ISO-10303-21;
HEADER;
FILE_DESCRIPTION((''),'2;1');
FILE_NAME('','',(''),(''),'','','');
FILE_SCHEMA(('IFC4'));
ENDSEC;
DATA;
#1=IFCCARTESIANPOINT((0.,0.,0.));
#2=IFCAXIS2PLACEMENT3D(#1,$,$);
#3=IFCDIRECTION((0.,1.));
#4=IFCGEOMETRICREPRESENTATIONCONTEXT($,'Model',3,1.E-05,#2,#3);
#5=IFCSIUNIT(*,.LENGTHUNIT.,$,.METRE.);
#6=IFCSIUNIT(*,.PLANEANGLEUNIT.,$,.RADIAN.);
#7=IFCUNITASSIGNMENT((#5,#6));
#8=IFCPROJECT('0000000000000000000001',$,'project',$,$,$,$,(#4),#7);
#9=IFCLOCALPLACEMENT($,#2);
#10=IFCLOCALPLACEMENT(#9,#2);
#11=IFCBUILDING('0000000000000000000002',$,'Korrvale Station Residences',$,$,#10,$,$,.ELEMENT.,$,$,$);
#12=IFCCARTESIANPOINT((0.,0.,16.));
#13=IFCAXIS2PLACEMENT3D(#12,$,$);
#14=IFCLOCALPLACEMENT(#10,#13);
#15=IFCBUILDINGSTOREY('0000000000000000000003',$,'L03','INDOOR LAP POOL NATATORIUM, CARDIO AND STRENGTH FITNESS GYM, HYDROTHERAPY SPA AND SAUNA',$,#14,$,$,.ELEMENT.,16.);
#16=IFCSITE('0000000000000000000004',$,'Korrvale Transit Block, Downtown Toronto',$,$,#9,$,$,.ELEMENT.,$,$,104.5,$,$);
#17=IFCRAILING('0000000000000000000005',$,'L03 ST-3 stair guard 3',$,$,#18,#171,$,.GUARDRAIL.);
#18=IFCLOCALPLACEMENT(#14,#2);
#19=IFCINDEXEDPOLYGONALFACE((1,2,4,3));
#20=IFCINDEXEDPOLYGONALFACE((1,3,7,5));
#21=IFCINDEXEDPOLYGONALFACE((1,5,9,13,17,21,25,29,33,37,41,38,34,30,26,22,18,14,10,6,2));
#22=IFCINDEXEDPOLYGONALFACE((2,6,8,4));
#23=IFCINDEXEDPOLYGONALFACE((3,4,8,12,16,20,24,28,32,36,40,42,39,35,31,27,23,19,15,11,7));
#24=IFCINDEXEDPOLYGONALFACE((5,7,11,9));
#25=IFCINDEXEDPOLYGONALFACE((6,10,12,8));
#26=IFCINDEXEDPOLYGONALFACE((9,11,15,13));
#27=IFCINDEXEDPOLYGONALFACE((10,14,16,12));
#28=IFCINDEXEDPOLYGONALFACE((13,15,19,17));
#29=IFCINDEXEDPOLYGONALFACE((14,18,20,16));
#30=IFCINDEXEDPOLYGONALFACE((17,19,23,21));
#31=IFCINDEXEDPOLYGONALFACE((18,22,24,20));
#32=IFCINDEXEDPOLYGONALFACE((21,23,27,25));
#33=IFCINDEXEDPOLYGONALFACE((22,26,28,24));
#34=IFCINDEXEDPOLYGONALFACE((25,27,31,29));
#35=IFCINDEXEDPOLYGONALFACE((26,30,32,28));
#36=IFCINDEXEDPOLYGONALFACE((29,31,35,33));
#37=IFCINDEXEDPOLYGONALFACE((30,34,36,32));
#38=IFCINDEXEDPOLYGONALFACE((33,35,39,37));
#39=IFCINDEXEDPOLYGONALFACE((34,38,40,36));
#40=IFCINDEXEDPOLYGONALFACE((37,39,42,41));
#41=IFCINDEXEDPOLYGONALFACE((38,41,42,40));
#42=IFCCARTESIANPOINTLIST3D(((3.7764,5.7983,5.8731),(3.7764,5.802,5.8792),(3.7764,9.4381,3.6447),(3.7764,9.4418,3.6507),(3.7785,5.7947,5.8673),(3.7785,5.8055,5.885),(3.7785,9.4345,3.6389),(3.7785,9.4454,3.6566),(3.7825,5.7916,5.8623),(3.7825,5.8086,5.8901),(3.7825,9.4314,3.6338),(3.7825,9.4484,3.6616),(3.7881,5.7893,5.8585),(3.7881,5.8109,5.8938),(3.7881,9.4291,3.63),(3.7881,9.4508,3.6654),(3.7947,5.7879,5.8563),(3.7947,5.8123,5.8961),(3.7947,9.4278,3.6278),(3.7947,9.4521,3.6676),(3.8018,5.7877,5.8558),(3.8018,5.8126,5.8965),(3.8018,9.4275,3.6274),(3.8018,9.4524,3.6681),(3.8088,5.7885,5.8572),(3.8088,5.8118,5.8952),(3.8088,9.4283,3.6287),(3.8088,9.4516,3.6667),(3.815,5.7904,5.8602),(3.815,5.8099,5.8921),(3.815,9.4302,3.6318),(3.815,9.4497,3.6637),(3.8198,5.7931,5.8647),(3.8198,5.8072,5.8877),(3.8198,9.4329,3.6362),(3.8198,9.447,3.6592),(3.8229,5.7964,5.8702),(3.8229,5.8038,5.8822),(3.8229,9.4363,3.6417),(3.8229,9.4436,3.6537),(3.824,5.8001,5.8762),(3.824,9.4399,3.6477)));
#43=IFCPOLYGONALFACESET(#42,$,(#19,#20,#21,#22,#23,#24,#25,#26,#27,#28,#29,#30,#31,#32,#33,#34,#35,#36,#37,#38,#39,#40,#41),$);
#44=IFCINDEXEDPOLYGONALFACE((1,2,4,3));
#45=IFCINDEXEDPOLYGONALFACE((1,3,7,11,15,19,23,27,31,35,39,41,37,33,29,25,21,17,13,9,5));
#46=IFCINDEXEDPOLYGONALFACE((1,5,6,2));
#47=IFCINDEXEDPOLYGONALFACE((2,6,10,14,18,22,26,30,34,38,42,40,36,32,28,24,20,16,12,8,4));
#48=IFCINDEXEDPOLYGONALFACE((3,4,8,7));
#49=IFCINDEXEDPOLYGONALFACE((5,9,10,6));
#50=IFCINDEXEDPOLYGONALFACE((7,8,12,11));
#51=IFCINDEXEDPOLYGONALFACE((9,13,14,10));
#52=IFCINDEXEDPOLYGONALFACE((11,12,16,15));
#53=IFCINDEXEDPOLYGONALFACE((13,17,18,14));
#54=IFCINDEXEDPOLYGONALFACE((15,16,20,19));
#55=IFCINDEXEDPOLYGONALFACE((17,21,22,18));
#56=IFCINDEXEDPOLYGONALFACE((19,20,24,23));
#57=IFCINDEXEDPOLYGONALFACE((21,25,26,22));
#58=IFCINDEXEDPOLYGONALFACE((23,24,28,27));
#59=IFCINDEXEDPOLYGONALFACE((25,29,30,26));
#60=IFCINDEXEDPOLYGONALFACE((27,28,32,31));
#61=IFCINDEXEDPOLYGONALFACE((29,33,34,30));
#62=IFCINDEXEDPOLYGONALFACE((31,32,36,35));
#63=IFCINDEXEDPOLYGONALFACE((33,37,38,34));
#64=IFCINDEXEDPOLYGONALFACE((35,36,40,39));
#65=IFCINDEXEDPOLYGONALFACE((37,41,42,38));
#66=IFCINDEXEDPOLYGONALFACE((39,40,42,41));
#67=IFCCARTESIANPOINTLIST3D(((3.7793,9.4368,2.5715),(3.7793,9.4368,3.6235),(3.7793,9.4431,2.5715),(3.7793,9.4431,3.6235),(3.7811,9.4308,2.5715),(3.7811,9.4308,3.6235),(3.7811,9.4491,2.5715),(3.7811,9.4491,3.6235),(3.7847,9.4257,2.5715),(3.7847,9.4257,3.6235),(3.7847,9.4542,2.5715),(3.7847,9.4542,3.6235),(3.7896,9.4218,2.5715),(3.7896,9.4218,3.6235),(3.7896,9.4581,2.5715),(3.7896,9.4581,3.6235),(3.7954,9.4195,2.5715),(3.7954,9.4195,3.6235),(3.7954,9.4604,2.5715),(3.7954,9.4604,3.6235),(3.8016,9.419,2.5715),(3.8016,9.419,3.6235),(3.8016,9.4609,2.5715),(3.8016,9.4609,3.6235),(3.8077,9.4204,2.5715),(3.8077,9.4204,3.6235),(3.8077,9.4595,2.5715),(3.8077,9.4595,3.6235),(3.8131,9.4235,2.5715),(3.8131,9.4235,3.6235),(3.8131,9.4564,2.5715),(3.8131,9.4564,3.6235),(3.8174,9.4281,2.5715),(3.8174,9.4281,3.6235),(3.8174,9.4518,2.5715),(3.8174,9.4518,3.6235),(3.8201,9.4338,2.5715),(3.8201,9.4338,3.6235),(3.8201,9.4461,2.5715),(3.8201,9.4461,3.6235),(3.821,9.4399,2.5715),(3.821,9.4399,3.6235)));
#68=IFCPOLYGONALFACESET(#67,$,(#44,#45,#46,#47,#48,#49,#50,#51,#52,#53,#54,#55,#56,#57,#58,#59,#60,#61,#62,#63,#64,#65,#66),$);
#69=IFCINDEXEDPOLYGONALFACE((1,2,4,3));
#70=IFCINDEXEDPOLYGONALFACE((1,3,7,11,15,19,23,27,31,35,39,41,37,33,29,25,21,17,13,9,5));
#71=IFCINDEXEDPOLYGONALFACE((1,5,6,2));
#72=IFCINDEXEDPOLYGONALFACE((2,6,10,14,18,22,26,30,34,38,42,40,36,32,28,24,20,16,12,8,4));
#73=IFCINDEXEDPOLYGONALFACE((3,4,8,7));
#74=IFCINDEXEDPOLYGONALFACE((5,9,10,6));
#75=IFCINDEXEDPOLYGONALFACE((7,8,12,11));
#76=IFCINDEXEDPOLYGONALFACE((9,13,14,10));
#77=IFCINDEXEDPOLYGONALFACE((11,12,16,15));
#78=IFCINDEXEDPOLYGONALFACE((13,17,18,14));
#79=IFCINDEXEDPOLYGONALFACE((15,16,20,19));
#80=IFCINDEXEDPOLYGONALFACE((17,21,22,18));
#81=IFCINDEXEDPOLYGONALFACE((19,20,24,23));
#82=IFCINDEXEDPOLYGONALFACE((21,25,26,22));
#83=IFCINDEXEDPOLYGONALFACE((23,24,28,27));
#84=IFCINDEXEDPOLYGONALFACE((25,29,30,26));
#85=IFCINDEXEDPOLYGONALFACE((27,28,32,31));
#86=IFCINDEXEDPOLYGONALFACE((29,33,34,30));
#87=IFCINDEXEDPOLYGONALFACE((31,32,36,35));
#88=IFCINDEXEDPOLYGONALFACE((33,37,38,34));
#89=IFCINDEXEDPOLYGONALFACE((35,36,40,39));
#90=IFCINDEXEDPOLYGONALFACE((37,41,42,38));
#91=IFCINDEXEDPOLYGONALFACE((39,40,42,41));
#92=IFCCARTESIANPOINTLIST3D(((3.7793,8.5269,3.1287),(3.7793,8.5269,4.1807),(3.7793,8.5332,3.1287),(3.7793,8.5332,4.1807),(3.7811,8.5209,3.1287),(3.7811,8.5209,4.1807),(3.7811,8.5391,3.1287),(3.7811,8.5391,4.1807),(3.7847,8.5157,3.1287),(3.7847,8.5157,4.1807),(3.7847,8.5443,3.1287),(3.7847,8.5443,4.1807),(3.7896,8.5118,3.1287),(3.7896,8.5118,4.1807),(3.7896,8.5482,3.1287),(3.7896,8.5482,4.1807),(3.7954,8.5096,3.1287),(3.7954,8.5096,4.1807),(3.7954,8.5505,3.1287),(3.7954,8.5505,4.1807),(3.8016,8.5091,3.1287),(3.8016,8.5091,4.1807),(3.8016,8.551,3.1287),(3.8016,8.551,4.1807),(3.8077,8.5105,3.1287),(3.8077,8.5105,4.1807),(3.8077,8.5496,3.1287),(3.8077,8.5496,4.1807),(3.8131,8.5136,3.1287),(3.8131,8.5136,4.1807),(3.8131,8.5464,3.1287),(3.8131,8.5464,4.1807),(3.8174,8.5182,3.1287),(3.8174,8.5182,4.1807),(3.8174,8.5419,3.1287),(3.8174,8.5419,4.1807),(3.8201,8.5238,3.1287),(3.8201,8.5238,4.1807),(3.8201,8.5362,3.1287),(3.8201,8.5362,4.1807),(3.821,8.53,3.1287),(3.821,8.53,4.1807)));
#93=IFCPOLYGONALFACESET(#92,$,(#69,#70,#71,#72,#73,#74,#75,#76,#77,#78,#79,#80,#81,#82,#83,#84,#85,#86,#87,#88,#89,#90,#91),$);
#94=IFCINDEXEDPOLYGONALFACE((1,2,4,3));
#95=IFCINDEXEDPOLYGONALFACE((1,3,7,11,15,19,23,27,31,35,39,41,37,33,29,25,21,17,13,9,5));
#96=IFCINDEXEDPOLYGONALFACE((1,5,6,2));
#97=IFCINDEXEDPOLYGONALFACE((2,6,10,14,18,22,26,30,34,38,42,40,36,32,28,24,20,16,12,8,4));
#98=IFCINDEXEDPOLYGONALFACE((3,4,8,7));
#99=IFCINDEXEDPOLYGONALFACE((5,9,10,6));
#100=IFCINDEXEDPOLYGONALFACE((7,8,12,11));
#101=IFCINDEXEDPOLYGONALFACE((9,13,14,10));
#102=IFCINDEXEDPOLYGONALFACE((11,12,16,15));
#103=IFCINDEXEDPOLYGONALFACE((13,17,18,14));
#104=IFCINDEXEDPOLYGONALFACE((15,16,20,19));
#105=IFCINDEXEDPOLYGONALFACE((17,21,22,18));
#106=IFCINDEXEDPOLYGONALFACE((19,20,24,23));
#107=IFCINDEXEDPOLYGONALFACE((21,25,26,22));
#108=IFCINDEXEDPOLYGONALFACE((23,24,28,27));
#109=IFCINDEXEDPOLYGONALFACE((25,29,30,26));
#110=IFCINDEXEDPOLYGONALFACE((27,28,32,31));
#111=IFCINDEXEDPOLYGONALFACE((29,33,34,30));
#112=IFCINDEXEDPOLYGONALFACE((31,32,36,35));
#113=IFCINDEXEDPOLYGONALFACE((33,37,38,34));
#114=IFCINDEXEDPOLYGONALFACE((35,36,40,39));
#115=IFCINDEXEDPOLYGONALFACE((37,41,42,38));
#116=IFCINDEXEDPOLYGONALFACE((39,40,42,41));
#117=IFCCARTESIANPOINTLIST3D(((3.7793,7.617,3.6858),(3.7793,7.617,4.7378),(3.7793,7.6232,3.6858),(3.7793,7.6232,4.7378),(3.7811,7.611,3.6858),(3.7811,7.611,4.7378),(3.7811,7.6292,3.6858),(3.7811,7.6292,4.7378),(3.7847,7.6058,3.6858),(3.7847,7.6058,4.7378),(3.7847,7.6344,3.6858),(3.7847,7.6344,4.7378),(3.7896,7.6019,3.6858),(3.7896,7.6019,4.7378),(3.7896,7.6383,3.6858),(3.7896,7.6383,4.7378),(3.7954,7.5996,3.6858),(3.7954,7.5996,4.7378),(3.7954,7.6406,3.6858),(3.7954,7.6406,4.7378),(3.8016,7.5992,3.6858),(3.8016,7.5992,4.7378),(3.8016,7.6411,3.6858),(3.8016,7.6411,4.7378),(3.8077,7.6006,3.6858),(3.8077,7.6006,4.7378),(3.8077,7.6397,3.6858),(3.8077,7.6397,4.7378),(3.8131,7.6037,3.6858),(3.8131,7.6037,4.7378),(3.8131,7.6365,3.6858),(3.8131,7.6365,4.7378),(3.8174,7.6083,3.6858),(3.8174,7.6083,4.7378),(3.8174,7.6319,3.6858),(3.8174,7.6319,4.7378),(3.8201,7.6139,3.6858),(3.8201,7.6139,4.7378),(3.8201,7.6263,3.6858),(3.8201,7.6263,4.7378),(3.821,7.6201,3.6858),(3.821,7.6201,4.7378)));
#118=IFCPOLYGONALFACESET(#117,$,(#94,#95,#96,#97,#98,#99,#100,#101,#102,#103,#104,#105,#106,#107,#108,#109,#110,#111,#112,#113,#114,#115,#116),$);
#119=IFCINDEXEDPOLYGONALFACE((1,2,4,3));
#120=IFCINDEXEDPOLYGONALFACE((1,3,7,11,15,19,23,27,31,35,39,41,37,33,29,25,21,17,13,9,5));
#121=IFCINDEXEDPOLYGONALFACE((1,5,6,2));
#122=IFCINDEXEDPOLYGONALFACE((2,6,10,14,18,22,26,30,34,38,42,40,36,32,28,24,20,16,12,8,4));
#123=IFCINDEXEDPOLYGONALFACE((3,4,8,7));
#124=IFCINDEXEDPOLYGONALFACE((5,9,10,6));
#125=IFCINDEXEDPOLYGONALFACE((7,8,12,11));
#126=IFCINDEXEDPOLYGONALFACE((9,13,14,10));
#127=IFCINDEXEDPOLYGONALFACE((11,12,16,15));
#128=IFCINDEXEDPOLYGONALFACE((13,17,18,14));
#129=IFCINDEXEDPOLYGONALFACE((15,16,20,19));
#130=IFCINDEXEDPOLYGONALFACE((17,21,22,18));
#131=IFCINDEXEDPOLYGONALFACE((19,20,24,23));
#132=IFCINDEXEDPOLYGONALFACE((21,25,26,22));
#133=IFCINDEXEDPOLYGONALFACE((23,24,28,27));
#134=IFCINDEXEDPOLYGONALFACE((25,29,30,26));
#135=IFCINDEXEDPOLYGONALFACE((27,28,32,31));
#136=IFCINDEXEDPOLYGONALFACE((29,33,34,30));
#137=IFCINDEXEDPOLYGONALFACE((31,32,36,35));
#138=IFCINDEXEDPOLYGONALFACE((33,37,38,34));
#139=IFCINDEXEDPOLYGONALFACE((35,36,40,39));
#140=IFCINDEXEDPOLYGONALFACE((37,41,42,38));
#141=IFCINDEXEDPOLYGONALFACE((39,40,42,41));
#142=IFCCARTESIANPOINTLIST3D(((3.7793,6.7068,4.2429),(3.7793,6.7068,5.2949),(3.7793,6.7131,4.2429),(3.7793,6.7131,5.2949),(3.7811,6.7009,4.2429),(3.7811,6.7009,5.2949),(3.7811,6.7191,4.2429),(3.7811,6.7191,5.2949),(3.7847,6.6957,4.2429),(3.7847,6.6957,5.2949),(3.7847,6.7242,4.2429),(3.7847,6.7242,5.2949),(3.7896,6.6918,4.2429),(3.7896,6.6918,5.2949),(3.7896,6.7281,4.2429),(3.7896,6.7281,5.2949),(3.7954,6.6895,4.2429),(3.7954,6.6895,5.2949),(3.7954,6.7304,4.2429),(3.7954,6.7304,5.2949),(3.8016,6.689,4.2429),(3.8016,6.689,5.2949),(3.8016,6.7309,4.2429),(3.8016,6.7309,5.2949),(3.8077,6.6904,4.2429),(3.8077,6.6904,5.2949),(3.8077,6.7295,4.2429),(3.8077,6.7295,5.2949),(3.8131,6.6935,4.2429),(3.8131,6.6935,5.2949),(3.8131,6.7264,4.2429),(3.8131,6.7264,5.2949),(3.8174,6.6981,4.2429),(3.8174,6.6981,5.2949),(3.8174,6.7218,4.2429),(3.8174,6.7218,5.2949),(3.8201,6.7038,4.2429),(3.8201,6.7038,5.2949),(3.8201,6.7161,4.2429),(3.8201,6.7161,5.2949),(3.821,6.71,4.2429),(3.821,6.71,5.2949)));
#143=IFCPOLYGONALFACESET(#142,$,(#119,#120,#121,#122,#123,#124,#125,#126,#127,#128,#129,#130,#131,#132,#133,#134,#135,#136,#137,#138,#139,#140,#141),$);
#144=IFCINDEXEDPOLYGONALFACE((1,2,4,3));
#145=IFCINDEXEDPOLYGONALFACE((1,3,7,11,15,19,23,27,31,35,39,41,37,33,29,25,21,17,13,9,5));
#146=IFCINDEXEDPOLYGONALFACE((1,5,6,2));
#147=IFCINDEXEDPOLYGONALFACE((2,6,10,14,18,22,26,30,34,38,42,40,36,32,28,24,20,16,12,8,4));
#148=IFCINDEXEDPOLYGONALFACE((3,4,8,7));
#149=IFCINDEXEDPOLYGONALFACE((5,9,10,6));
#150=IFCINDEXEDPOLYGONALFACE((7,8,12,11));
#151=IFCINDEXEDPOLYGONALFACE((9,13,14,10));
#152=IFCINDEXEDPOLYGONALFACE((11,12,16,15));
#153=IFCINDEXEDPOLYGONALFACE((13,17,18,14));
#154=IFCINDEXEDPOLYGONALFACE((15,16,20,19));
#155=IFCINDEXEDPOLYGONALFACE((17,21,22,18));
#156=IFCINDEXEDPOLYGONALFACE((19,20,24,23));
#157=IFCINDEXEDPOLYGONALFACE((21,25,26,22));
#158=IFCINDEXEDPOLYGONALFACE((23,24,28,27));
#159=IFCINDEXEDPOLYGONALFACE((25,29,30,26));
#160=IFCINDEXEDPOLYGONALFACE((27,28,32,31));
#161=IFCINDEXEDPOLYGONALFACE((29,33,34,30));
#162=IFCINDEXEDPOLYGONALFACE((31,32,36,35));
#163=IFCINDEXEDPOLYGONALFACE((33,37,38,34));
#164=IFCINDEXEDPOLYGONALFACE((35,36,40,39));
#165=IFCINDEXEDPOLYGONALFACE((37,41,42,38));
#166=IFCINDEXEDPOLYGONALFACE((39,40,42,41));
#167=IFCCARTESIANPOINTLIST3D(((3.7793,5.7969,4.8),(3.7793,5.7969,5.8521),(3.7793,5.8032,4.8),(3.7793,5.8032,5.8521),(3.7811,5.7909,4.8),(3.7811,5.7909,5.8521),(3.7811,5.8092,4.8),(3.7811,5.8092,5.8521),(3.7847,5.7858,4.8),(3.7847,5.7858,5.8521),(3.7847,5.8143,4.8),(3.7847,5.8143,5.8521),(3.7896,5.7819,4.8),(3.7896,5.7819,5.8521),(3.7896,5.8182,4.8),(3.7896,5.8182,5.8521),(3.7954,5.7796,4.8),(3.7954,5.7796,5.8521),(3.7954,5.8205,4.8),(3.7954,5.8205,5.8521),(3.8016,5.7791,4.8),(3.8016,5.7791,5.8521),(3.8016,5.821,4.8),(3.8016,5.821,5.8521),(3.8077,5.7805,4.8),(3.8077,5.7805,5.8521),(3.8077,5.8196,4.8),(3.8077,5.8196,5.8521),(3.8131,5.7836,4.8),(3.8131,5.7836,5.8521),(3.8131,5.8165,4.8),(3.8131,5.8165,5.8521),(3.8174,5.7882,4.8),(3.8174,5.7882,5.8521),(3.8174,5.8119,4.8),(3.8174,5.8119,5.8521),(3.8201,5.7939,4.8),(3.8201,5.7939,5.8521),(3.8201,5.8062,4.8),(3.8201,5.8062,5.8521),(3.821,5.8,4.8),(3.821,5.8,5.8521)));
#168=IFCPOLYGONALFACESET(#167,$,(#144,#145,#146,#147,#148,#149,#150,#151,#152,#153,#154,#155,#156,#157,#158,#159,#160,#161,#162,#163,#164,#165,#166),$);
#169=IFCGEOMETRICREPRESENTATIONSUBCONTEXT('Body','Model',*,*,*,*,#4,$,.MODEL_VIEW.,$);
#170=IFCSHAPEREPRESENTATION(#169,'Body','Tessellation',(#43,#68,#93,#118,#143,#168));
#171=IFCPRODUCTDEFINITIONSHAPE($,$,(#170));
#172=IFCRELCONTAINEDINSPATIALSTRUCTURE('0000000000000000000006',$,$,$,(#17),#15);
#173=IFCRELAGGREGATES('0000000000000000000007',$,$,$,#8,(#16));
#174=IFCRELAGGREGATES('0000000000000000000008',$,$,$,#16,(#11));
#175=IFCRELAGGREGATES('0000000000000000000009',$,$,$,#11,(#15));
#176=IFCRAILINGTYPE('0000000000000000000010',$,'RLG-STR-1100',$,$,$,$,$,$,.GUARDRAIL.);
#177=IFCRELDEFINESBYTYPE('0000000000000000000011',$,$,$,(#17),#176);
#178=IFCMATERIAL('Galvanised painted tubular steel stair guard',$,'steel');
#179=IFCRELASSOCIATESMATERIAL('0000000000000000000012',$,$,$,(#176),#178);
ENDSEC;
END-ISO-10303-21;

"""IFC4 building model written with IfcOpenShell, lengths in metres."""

from ifc_helpers import new_model, si_unit, direction, frame, origin, origin_2d, place, context, subcontext, project, spatial, circle, extrude, material, type_object, element, save


model = new_model("IFC4")

# Units and contexts
model_context = context("Model", 3, precision=1e-05, world=origin(), true_north=direction((0.0, 1.0)))
body_context = subcontext(model_context, "Body", "Model", "MODEL_VIEW")
ifc_project = project(units=[si_unit("LENGTHUNIT", "METRE"), si_unit("PLANEANGLEUNIT", "RADIAN")], contexts=[model_context])

# Site, building, storey
site_placement = place(None, origin())
site = spatial("IfcSite", under=ifc_project, at=site_placement, Name="Korrvale Transit Block, Downtown Toronto", CompositionType="ELEMENT", RefElevation=104.5)
building_placement = place(site_placement, origin())
building = spatial("IfcBuilding", under=site, at=building_placement, Name="Korrvale Station Residences", CompositionType="ELEMENT")
storey_placement = place(building_placement, frame((0.0, 0.0, 16.0)))
storey = spatial("IfcBuildingStorey", under=building, at=storey_placement, Name="L03", Description="INDOOR LAP POOL NATATORIUM, CARDIO AND STRENGTH FITNESS GYM, HYDROTHERAPY SPA AND SAUNA", CompositionType="ELEMENT", Elevation=16.0)

# Railing
ifc_material_1 = material(Name="Galvanised painted tubular steel stair guard", Category="steel")
railing_type_1 = type_object("IfcRailingType", Name="RLG-STR-1100", PredefinedType="GUARDRAIL", material=ifc_material_1)
railing_1_placement = place(storey_placement, frame((3.8, 9.4399, 2.5715)))
element("IfcRailing", 1, at=railing_1_placement, inside=storey, type_object=railing_type_1, Name="L03 ST-3 stair guard 3", PredefinedType="GUARDRAIL", context=body_context, shape_type="SweptSolid", body=[
    extrude(circle(Radius=0.0239, at=origin_2d()), frame((0.0, 0.0, 1.0762), z_axis=(0.0, -0.85285, 0.522156), x_axis=(1.0, 0.0, 0.0)), (0.0, 0.0, 1.0), 4.2678),
    extrude(circle(Radius=0.021, at=origin_2d()), origin(), (0.0, 0.0, 1.0), 1.052),
    extrude(circle(Radius=0.021, at=origin_2d()), frame((0.0, -0.9099, 0.5571)), (0.0, 0.0, 1.0), 1.052),
    extrude(circle(Radius=0.021, at=origin_2d()), frame((0.0, -1.8198, 1.1143)), (0.0, 0.0, 1.0), 1.052),
    extrude(circle(Radius=0.021, at=origin_2d()), frame((0.0, -2.73, 1.6714)), (0.0, 0.0, 1.0), 1.052),
    extrude(circle(Radius=0.021, at=origin_2d()), frame((0.0, -3.6399, 2.2285)), (0.0, 0.0, 1.0), 1.052),
])

save(model, "model.ifc")
